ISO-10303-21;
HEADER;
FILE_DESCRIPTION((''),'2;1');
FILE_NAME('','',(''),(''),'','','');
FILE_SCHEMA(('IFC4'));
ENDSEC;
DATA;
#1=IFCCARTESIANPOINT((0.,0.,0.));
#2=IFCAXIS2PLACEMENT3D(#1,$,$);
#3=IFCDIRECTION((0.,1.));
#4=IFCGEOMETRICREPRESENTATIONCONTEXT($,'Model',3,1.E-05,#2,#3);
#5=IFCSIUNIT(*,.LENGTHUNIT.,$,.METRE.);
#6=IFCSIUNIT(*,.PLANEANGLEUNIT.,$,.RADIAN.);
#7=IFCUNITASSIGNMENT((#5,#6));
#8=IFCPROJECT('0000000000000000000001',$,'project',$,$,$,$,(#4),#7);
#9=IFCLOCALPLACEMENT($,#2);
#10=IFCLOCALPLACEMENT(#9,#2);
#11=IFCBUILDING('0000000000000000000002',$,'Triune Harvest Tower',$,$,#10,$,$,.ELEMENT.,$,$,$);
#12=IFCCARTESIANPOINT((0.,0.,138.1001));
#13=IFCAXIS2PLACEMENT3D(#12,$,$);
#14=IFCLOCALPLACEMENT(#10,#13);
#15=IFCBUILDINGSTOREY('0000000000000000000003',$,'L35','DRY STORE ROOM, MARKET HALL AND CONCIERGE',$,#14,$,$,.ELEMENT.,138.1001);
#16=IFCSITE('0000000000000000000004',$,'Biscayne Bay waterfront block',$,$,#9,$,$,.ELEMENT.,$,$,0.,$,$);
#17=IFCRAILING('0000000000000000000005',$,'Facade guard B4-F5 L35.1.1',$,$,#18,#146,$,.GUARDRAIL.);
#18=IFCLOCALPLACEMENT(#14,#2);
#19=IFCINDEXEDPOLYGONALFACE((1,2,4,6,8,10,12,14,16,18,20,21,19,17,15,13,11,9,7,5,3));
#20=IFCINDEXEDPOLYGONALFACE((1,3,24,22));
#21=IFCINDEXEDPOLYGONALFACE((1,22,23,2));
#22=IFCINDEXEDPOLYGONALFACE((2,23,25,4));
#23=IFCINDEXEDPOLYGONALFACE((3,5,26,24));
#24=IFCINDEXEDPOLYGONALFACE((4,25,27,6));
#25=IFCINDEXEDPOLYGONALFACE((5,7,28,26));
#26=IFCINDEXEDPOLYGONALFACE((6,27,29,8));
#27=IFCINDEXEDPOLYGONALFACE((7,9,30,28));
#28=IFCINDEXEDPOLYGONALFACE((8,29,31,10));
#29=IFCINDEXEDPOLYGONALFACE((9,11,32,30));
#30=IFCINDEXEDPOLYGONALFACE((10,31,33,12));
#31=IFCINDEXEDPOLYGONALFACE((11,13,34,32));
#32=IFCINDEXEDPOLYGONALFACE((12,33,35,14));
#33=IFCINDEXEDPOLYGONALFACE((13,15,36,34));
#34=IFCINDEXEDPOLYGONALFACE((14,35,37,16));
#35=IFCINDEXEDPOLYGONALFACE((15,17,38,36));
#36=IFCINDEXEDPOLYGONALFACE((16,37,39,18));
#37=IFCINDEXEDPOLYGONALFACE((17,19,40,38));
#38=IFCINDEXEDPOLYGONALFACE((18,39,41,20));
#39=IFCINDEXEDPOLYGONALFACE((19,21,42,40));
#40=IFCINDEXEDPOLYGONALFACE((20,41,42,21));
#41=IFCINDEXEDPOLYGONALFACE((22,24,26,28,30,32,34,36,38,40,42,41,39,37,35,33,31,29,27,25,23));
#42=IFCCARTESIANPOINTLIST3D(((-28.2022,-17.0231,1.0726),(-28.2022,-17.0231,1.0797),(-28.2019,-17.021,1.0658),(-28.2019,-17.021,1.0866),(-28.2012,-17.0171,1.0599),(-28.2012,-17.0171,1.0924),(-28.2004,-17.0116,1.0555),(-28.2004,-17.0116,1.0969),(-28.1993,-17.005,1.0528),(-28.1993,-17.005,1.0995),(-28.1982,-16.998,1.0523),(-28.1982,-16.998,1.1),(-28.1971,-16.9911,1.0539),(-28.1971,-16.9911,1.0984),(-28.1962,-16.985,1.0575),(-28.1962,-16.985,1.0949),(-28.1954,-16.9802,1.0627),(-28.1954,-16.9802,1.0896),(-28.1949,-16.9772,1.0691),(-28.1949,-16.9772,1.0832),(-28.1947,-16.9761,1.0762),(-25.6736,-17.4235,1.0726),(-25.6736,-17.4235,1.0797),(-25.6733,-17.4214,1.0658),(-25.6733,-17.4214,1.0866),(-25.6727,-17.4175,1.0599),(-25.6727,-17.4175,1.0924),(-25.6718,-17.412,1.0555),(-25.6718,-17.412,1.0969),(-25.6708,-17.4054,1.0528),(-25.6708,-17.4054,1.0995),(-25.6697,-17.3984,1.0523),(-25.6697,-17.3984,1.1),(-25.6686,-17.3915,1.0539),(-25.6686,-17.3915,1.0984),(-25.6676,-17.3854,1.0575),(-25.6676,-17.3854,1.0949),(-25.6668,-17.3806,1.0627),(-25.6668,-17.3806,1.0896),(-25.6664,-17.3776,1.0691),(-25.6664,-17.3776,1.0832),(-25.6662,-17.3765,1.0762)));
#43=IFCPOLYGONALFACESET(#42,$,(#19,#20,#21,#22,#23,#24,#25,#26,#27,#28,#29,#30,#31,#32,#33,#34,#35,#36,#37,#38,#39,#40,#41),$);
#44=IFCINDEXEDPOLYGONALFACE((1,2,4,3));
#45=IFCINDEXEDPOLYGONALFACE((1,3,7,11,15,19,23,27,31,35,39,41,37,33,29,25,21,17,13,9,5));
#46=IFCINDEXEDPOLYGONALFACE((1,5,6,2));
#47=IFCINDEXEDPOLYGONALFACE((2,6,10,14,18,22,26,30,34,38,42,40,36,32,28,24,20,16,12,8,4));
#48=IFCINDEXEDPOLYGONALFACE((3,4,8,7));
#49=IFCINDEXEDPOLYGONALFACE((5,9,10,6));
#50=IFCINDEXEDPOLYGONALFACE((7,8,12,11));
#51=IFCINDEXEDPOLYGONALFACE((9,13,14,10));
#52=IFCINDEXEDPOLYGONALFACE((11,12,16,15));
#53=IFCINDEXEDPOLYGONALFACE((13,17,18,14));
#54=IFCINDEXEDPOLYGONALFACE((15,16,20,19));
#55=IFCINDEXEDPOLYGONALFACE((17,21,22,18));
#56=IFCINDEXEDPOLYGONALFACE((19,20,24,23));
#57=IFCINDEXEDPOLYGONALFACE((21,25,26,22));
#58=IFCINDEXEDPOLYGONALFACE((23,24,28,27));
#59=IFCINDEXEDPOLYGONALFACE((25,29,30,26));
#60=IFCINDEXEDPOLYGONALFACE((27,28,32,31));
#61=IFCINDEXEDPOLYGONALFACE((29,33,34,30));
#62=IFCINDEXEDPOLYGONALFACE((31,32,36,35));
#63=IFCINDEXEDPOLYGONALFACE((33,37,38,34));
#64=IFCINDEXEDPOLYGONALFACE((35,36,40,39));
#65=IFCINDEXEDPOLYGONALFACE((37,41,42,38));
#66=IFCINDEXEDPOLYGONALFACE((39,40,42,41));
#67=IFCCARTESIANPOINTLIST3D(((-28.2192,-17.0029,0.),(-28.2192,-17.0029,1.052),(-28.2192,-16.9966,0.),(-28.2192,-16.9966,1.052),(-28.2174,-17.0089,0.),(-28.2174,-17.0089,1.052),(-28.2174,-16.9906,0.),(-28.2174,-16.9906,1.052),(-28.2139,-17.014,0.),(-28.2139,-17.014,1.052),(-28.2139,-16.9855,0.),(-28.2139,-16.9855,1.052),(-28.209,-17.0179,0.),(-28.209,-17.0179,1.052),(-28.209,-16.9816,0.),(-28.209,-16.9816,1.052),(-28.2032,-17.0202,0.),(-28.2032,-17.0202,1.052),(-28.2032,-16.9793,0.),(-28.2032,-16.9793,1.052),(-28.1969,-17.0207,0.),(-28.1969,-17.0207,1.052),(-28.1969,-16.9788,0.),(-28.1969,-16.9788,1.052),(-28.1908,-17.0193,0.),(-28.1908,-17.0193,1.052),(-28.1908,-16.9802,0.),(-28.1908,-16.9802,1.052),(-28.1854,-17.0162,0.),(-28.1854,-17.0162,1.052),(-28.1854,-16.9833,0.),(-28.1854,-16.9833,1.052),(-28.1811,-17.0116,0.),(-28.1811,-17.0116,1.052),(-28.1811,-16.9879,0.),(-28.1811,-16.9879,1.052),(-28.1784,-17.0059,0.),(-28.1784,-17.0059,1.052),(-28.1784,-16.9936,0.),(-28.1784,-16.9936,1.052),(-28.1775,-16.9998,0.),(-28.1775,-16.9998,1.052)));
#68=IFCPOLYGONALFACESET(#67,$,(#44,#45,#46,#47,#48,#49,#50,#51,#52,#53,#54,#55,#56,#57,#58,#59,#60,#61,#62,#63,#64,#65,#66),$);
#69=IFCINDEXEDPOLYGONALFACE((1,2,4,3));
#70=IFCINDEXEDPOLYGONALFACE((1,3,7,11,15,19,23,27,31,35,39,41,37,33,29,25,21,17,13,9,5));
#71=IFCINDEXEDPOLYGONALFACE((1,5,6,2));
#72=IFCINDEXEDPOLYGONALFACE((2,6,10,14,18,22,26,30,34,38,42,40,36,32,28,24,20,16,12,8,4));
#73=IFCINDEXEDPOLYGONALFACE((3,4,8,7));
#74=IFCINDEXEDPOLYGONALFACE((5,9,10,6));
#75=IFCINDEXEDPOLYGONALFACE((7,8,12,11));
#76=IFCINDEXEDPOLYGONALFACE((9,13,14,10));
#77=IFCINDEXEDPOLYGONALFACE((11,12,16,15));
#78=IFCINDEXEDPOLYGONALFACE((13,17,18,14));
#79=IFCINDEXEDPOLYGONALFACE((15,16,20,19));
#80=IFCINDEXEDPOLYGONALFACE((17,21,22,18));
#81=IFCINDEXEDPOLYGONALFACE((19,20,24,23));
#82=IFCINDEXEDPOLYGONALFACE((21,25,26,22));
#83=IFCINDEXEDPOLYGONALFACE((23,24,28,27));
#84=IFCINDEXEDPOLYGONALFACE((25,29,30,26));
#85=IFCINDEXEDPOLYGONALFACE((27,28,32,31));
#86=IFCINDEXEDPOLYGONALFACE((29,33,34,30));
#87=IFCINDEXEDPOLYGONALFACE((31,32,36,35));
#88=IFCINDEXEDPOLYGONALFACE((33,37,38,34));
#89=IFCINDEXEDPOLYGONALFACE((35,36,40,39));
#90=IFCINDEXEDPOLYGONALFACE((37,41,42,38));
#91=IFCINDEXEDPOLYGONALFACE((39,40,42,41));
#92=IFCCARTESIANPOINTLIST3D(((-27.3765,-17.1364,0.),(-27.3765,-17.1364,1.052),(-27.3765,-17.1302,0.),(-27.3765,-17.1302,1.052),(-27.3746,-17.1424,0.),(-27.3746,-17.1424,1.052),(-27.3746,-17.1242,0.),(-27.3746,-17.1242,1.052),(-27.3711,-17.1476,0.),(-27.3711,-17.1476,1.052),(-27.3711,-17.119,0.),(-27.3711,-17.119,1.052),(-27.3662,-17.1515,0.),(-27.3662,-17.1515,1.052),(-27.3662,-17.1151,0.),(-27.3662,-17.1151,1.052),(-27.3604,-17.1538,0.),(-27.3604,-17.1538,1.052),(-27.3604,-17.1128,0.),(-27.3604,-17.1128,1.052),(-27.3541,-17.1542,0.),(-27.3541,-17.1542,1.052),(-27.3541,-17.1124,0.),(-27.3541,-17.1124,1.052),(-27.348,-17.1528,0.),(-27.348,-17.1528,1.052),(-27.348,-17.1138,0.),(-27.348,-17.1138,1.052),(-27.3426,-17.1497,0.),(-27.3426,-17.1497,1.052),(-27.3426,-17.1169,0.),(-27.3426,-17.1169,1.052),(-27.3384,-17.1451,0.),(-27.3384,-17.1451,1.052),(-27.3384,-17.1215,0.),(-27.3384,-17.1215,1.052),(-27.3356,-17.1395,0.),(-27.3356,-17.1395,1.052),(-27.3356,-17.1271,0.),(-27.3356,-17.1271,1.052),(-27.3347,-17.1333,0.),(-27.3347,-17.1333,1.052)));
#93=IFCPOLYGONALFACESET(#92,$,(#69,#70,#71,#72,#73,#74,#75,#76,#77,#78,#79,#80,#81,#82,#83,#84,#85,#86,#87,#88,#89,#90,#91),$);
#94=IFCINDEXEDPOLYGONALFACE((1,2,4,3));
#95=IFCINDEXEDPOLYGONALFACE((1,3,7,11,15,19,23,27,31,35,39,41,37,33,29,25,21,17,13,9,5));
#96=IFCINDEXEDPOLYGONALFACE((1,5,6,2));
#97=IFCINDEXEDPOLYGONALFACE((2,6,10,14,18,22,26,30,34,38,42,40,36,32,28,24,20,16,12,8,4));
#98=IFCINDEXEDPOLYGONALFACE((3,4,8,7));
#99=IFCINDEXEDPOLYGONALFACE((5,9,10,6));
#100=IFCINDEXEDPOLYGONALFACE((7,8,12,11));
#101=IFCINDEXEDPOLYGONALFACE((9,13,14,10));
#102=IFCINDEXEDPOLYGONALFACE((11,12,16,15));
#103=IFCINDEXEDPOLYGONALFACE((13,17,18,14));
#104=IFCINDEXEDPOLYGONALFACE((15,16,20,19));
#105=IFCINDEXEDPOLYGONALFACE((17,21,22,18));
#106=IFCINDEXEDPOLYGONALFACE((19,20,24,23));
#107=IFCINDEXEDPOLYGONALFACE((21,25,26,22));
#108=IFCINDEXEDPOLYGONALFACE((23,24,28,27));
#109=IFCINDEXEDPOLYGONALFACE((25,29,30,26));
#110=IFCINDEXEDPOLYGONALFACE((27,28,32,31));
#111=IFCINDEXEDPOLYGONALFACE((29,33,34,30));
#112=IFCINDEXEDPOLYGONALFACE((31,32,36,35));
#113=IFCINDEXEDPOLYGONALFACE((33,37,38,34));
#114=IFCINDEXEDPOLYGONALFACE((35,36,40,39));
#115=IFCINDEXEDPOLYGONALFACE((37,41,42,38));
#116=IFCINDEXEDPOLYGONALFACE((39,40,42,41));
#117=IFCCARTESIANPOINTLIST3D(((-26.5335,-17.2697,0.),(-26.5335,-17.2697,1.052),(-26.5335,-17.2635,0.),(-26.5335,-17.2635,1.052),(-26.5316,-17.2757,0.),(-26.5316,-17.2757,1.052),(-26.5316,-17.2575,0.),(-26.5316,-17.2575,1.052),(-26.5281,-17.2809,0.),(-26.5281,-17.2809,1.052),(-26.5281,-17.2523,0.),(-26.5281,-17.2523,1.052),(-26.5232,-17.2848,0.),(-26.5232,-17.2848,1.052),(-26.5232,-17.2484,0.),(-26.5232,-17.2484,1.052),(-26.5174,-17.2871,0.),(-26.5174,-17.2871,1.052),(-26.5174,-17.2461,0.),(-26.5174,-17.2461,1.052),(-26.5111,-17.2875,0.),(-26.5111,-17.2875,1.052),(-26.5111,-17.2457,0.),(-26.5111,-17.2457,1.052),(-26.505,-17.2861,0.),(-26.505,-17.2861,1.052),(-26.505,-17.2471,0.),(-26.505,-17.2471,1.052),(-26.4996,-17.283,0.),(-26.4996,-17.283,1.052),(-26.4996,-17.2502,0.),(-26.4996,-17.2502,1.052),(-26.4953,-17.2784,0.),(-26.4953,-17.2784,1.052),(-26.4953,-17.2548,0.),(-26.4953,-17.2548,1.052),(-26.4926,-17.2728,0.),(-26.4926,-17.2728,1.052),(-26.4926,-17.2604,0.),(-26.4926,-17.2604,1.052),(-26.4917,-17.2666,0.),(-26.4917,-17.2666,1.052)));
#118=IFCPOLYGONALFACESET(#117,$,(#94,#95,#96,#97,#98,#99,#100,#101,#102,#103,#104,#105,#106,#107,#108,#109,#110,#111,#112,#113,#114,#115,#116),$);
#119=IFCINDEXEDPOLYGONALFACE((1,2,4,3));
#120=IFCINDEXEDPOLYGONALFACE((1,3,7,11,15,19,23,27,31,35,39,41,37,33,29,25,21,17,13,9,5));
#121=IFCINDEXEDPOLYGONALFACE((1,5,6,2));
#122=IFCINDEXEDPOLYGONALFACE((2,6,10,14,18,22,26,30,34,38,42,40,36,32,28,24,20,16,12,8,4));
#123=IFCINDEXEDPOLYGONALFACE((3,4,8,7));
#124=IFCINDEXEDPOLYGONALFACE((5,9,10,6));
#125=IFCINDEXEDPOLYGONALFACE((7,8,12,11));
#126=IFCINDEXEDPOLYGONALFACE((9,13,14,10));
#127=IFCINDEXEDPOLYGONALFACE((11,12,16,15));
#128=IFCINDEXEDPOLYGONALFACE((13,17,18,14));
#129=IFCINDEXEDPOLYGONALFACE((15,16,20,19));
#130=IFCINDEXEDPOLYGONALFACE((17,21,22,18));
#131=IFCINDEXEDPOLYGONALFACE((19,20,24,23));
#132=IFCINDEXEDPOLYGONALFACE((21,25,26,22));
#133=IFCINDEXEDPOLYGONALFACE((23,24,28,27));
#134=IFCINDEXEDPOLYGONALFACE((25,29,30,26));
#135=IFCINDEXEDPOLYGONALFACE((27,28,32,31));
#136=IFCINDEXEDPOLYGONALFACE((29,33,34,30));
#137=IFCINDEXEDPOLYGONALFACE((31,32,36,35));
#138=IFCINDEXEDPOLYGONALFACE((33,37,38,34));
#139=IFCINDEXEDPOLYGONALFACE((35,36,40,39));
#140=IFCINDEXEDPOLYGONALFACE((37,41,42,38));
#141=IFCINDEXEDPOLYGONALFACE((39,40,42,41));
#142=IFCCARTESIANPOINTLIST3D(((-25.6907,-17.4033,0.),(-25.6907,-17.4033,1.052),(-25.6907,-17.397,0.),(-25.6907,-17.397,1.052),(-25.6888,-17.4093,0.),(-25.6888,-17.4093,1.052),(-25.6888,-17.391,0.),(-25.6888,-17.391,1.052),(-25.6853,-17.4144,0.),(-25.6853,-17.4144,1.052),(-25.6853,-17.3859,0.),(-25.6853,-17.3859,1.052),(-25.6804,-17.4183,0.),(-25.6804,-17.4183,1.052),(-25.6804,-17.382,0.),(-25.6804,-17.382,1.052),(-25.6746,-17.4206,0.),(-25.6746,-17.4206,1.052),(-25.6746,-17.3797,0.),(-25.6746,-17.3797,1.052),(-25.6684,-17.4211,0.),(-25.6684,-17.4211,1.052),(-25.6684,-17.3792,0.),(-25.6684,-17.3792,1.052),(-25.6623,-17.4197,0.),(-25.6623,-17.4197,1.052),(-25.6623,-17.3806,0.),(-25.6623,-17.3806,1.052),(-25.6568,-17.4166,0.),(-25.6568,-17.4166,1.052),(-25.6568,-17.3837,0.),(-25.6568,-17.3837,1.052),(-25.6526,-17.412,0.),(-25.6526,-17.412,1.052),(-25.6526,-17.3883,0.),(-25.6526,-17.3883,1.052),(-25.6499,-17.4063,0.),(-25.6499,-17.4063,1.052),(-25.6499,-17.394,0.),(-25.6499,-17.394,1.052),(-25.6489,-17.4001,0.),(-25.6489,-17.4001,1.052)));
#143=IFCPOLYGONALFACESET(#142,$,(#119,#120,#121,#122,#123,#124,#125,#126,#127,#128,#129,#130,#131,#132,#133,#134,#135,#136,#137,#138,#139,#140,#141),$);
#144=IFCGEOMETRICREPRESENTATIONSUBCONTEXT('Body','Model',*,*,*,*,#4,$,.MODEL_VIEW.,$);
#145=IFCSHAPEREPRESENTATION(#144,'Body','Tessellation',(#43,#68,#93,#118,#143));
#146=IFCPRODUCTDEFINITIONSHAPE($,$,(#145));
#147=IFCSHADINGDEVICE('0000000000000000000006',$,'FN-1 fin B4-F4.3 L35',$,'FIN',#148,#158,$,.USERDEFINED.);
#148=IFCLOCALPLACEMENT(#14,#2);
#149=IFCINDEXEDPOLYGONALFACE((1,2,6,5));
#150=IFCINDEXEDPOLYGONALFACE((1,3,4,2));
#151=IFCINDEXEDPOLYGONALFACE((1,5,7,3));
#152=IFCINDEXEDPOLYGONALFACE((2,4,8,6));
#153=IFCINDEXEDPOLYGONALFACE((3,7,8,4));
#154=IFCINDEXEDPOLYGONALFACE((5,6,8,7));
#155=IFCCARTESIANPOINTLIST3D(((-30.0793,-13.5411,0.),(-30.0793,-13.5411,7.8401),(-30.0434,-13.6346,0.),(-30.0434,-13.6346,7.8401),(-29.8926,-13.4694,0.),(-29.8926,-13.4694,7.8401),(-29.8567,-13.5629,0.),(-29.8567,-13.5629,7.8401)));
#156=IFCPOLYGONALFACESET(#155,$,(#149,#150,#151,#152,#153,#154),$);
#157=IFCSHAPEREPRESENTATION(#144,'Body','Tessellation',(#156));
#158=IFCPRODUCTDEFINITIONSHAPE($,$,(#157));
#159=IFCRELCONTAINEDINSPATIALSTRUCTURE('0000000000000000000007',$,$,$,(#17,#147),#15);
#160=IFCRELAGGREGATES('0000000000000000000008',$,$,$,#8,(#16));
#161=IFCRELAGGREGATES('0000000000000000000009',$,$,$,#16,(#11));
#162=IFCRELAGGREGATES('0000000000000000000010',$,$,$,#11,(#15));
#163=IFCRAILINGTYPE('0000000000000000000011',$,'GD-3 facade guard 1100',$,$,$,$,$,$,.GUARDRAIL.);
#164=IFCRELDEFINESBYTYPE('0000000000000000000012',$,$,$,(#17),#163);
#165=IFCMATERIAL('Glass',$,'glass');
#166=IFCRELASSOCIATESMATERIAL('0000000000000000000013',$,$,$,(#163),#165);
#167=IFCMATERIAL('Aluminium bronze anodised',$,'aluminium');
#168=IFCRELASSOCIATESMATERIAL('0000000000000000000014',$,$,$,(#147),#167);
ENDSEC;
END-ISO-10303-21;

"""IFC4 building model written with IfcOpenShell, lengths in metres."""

from ifc_helpers import new_model, si_unit, direction, frame, origin, origin_2d, place, context, subcontext, project, spatial, rectangle, circle, extrude, source, transform, mapped, material, type_object, element, save


model = new_model("IFC4")

# Units and contexts
model_context = context("Model", 3, precision=1e-05, world=origin(), true_north=direction((0.0, 1.0)))
body_context = subcontext(model_context, "Body", "Model", "MODEL_VIEW")
ifc_project = project(units=[si_unit("LENGTHUNIT", "METRE"), si_unit("PLANEANGLEUNIT", "RADIAN")], contexts=[model_context])

# Site, building, storey
site_placement = place(None, origin())
site = spatial("IfcSite", under=ifc_project, at=site_placement, Name="Biscayne Bay waterfront block", CompositionType="ELEMENT", RefElevation=0.0)
building_placement = place(site_placement, origin())
building = spatial("IfcBuilding", under=site, at=building_placement, Name="Triune Harvest Tower", CompositionType="ELEMENT")
storey_placement = place(building_placement, frame((0.0, 0.0, 138.1001)))
storey = spatial("IfcBuildingStorey", under=building, at=storey_placement, Name="L35", Description="DRY STORE ROOM, MARKET HALL AND CONCIERGE", CompositionType="ELEMENT", Elevation=138.1001)

# Railing
ifc_material_1 = material(Name="Glass", Category="glass")
railing_type = type_object("IfcRailingType", Name="GD-3 facade guard 1100", PredefinedType="GUARDRAIL", material=ifc_material_1)
railing_placement = place(storey_placement, frame((-28.1985, -16.9998, 0.0)))
element("IfcRailing", 1, at=railing_placement, inside=storey, type_object=railing_type, Name="Facade guard B4-F5 L35.1.1", PredefinedType="GUARDRAIL", context=body_context, shape_type="SweptSolid", body=[
    extrude(circle(Radius=0.0239, at=origin_2d()), frame((0.0, 0.0, 1.0762), z_axis=(0.987694, -0.156398, 0.0), x_axis=(0.156398, 0.987694, 0.0)), (0.0, 0.0, 1.0), 2.5601),
    extrude(circle(Radius=0.021, at=origin_2d()), origin(), (0.0, 0.0, 1.0), 1.052),
    extrude(circle(Radius=0.021, at=origin_2d()), frame((0.8428, -0.1335, 0.0)), (0.0, 0.0, 1.0), 1.052),
    extrude(circle(Radius=0.021, at=origin_2d()), frame((1.6858, -0.2668, 0.0)), (0.0, 0.0, 1.0), 1.052),
    extrude(circle(Radius=0.021, at=origin_2d()), frame((2.5286, -0.4004, 0.0)), (0.0, 0.0, 1.0), 1.052),
])

# Shading device
ifc_material_2 = material(Name="Aluminium bronze anodised", Category="aluminium")
shared_shape_1 = source(origin(), body_context, "Body", "SweptSolid", [
    extrude(rectangle(XDim=0.1001, YDim=0.2, at=origin_2d()), origin(), (0.0, 0.0, 1.0), 7.8401),
])
shading_device_placement = place(storey_placement, frame((-29.968, -13.552, 0.0), z_axis=(0.0, 0.0, 1.0), x_axis=(0.358369, -0.93358, 0.0)))
element("IfcShadingDevice", 2, at=shading_device_placement, inside=storey, material=ifc_material_2, Name="FN-1 fin B4-F4.3 L35", ObjectType="FIN", PredefinedType="USERDEFINED", context=body_context, shape_type="MappedRepresentation", body=[
    mapped(shared_shape_1, transform((0.0, 0.0, 0.0), scale=1.0)),
])

save(model, "model.ifc")
